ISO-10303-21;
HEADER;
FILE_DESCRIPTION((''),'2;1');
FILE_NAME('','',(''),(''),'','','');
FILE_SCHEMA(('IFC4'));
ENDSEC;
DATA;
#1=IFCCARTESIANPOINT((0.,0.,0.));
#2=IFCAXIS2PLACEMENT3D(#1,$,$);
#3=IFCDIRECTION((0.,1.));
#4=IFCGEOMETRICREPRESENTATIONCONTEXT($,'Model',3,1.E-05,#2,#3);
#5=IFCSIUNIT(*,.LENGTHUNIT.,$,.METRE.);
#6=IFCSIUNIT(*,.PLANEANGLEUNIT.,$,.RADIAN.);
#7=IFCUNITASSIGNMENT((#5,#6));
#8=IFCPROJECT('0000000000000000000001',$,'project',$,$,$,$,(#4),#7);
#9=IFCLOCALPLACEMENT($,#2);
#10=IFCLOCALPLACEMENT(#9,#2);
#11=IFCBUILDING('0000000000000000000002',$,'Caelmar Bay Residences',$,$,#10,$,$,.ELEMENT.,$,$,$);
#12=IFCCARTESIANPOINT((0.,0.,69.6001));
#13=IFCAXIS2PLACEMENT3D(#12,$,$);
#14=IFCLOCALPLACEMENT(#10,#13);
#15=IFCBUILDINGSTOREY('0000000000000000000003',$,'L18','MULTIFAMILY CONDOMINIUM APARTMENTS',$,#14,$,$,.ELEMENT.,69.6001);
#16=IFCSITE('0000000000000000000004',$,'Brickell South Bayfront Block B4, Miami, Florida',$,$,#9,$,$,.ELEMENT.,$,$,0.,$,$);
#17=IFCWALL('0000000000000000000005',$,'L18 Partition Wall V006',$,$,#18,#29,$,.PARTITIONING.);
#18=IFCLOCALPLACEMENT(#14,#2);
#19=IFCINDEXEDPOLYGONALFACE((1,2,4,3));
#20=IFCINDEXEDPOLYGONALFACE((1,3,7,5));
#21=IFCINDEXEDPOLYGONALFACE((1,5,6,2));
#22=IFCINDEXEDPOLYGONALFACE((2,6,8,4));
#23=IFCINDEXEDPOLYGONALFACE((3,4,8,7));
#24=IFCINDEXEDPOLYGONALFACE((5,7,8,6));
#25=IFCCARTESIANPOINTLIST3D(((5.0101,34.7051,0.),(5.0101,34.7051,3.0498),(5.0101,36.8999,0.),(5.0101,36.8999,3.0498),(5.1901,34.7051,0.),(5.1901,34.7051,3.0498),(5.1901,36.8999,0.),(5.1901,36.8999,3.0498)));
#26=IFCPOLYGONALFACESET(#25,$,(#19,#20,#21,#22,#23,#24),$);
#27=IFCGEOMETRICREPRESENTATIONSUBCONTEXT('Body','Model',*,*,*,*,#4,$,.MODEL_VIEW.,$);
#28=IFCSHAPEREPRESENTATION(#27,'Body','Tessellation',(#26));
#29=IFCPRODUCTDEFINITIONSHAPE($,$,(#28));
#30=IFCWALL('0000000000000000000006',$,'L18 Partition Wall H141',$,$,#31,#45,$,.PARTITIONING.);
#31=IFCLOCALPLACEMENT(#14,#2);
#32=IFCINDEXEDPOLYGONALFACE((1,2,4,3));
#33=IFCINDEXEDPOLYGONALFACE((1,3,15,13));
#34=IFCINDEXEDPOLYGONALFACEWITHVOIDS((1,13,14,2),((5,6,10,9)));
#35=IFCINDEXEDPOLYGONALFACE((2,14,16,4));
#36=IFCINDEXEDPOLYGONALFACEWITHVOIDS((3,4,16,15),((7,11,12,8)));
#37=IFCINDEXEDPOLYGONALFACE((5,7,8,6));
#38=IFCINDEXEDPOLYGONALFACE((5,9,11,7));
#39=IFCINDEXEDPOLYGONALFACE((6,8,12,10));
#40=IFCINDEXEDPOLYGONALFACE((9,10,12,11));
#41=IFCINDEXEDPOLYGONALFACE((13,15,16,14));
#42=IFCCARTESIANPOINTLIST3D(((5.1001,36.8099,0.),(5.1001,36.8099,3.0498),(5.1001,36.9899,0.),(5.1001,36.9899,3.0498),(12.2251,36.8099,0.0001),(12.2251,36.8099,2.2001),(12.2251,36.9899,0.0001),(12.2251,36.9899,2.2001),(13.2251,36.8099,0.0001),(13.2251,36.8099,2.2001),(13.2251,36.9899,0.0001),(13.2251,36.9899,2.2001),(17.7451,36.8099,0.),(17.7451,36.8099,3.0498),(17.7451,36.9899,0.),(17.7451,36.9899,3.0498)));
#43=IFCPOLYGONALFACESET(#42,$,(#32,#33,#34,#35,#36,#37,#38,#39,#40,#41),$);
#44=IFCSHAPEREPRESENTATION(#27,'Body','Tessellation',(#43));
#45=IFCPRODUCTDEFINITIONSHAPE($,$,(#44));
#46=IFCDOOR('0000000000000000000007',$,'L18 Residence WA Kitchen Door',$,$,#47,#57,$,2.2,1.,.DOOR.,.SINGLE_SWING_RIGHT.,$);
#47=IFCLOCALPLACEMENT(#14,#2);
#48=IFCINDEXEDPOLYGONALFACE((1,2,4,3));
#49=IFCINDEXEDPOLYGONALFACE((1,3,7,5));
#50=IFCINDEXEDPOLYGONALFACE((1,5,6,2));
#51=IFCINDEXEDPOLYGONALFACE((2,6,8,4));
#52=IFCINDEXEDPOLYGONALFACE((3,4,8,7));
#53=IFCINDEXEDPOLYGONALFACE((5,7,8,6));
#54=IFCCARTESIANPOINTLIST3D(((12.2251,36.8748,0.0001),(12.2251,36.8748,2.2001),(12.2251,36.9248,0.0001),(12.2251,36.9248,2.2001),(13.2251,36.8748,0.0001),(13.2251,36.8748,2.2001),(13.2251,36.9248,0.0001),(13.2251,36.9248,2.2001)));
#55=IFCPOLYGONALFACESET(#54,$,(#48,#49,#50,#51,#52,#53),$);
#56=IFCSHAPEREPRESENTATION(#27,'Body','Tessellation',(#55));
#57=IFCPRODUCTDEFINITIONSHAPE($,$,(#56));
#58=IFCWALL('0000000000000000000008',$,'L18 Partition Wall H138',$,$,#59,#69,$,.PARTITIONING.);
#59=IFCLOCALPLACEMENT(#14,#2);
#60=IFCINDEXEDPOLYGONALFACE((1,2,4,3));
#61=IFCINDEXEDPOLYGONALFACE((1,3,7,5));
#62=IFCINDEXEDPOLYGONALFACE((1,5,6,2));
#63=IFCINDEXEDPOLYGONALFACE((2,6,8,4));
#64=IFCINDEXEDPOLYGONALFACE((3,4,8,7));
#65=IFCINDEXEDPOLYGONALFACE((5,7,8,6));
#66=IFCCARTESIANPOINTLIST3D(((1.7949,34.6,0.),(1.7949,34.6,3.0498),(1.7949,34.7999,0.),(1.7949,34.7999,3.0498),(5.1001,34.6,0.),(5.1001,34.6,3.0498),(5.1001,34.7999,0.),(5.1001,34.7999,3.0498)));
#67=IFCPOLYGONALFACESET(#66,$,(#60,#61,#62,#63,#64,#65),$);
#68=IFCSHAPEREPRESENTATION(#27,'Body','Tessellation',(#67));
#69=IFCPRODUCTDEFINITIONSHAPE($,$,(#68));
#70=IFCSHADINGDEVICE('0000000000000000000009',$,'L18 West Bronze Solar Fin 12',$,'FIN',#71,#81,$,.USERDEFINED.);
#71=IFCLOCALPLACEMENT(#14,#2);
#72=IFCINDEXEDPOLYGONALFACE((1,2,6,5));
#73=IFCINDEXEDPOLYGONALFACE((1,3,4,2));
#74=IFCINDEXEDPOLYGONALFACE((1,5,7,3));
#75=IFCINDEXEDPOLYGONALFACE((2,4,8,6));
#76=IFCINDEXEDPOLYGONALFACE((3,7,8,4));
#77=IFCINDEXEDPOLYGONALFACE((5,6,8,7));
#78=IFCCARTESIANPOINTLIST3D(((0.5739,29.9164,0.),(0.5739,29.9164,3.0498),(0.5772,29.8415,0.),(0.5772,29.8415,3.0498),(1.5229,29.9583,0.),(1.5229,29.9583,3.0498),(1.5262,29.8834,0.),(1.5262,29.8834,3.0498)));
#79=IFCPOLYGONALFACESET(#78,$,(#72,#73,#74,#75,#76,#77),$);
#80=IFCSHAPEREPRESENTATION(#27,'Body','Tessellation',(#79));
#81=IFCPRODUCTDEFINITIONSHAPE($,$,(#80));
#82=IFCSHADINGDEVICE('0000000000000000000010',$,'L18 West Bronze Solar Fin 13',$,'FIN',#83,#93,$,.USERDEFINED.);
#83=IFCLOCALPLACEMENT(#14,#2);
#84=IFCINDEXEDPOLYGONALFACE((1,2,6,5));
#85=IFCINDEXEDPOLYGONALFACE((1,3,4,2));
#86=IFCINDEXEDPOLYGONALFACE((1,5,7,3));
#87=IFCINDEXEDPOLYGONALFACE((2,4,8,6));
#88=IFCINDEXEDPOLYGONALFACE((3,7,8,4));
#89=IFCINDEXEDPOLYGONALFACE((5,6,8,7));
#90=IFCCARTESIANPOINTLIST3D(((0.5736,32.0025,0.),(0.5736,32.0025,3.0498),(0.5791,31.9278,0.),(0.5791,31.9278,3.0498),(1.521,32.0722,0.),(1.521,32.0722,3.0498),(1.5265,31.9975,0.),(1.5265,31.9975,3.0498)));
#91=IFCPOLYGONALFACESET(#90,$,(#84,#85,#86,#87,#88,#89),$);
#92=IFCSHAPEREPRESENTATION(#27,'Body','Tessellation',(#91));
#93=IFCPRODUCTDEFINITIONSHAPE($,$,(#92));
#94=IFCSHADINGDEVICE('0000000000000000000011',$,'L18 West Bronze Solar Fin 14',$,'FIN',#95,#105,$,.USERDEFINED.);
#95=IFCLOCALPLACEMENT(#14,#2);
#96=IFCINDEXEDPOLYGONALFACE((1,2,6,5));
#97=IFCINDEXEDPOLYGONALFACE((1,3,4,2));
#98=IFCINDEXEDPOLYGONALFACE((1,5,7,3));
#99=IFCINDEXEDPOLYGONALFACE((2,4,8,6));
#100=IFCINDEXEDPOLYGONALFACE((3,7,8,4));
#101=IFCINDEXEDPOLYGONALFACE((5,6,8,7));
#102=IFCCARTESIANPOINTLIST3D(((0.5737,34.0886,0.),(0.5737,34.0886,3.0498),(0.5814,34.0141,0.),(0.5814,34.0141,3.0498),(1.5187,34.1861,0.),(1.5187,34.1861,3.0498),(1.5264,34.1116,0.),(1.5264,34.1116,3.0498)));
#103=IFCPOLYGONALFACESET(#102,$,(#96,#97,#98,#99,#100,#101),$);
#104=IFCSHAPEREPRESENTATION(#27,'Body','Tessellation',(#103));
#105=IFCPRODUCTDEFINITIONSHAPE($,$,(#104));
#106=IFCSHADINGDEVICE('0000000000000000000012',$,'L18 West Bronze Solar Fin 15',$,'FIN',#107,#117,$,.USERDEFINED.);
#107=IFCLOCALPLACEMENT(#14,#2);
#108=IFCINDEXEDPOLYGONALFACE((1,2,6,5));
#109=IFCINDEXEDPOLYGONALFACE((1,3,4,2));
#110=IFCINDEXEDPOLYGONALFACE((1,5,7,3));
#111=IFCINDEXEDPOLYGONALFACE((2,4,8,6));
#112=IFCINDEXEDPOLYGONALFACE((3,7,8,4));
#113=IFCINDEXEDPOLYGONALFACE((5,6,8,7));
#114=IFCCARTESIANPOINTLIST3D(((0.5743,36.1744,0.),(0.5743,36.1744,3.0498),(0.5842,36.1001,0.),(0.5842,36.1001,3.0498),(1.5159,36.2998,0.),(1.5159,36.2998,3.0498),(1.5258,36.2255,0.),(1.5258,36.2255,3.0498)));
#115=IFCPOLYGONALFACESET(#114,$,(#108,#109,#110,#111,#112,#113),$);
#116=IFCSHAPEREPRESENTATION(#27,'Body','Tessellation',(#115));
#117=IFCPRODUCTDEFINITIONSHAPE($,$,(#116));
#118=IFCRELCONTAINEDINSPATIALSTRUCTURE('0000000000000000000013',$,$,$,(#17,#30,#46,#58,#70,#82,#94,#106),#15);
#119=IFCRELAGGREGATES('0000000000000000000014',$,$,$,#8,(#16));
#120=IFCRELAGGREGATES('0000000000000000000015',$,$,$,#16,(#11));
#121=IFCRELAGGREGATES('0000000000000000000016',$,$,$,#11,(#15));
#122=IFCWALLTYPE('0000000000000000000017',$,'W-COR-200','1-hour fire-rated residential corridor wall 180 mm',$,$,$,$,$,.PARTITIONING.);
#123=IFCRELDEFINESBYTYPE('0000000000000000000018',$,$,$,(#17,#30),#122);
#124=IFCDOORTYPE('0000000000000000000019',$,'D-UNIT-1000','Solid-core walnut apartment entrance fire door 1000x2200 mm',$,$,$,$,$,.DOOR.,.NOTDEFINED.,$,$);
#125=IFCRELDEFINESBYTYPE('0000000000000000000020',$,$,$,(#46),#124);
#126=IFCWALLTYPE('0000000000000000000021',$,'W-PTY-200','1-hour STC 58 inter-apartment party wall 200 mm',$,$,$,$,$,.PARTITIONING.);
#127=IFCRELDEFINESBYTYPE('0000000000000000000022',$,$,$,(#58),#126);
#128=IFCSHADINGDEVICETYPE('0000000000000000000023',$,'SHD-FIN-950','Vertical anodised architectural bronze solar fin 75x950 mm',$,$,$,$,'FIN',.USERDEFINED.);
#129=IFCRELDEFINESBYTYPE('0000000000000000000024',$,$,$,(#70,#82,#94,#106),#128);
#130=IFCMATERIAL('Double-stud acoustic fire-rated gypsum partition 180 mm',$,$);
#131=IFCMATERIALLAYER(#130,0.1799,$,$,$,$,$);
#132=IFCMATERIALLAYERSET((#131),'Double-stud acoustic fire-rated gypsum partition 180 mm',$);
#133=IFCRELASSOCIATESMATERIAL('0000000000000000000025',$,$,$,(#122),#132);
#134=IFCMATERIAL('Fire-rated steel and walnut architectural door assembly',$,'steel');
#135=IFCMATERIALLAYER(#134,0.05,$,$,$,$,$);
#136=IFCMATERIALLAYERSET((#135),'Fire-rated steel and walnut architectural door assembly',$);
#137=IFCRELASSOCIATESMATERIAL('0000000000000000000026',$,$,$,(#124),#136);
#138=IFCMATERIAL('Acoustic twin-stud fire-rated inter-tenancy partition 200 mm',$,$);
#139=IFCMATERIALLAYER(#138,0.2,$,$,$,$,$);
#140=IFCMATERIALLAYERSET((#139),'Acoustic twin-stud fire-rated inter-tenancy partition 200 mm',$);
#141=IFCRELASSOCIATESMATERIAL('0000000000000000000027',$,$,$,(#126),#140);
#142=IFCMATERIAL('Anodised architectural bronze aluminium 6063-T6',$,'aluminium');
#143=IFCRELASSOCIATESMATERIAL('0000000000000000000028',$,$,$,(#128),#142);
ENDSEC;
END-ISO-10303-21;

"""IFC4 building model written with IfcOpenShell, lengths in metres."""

from ifc_helpers import new_model, si_unit, direction, frame, frame_2d, origin, origin_2d, place, context, subcontext, project, spatial, rectangle, extrude, material, layer, layer_set, material_profile, profile_set, type_object, element, fill, save


model = new_model("IFC4")

# Units and contexts
model_context = context("Model", 3, precision=1e-05, world=origin(), true_north=direction((0.0, 1.0)))
body_context = subcontext(model_context, "Body", "Model", "MODEL_VIEW")
ifc_project = project(units=[si_unit("LENGTHUNIT", "METRE"), si_unit("PLANEANGLEUNIT", "RADIAN")], contexts=[model_context])

# Site, building, storey
site_placement = place(None, origin())
site = spatial("IfcSite", under=ifc_project, at=site_placement, Name="Brickell South Bayfront Block B4, Miami, Florida", CompositionType="ELEMENT", RefElevation=0.0)
building_placement = place(site_placement, origin())
building = spatial("IfcBuilding", under=site, at=building_placement, Name="Caelmar Bay Residences", CompositionType="ELEMENT")
storey_placement = place(building_placement, frame((0.0, 0.0, 69.6001)))
storey = spatial("IfcBuildingStorey", under=building, at=storey_placement, Name="L18", Description="MULTIFAMILY CONDOMINIUM APARTMENTS", CompositionType="ELEMENT", Elevation=69.6001)

# Wall
ifc_material_1 = material(Name="Double-stud acoustic fire-rated gypsum partition 180 mm")
ifc_layer_1 = layer(ifc_material_1, 0.1799)
ifc_layer_set_1 = layer_set([ifc_layer_1], Name="Double-stud acoustic fire-rated gypsum partition 180 mm")
wall_type_1 = type_object("IfcWallType", Name="W-COR-200", Description="1-hour fire-rated residential corridor wall 180 mm", PredefinedType="PARTITIONING", material=ifc_layer_set_1)
wall_1_placement = place(storey_placement, frame((5.1001, 34.7051, 0.0), z_axis=(0.0, 0.0, 1.0), x_axis=(0.0, 1.0, 0.0)))
element("IfcWall", 1, at=wall_1_placement, inside=storey, type_object=wall_type_1, Name="L18 Partition Wall V006", PredefinedType="PARTITIONING", context=body_context, shape_type="SweptSolid", body=[
    extrude(rectangle(XDim=2.1948, YDim=0.1799, at=frame_2d((1.0974, 0.0))), origin(), (0.0, 0.0, 1.0), 3.0498),
])

# Wall, opening, door
wall_2_placement = place(storey_placement, frame((5.1001, 36.8999, 0.0), z_axis=(0.0, 0.0, 1.0), x_axis=(1.0, 0.0, 0.0)))
wall_2 = element("IfcWall", 2, at=wall_2_placement, inside=storey, type_object=wall_type_1, Name="L18 Partition Wall H141", PredefinedType="PARTITIONING", context=body_context, shape_type="SweptSolid", body=[
    extrude(rectangle(XDim=12.645, YDim=0.1799, at=frame_2d((6.3225, 0.0))), origin(), (0.0, 0.0, 1.0), 3.0498),
])
opening_placement = place(wall_2_placement, frame((7.125, 0.0, 0.0)))
opening = element("IfcOpeningElement", 3, at=opening_placement, cuts=wall_2, PredefinedType="OPENING", context=body_context, shape_type="SweptSolid", body=[
    extrude(rectangle(XDim=1.0, YDim=2.2, at=frame_2d((0.5, 1.1001))), frame((0.0, 0.0999, 0.0), z_axis=(0.0, -1.0, 0.0), x_axis=(1.0, 0.0, 0.0)), (0.0, 0.0, 1.0), 0.2),
])
ifc_material_2 = material(Name="Fire-rated steel and walnut architectural door assembly", Category="steel")
ifc_layer_2 = layer(ifc_material_2, 0.05)
ifc_layer_set_2 = layer_set([ifc_layer_2], Name="Fire-rated steel and walnut architectural door assembly")
door_type = type_object("IfcDoorType", Name="D-UNIT-1000", Description="Solid-core walnut apartment entrance fire door 1000x2200 mm", OperationType="NOTDEFINED", PredefinedType="DOOR", material=ifc_layer_set_2)
door_placement = place(opening_placement, origin())
door = element("IfcDoor", 4, at=door_placement, inside=storey, type_object=door_type, Name="L18 Residence WA Kitchen Door", OperationType="SINGLE_SWING_RIGHT", OverallHeight=2.2, OverallWidth=1.0, PredefinedType="DOOR", context=body_context, shape_type="SweptSolid", body=[
    extrude(rectangle(XDim=1.0, YDim=2.2, at=frame_2d((0.5, 1.1001))), frame((0.0, 0.0249, 0.0), z_axis=(0.0, -1.0, 0.0), x_axis=(1.0, 0.0, 0.0)), (0.0, 0.0, 1.0), 0.05),
])
fill(opening, door)

# Wall
ifc_material_3 = material(Name="Acoustic twin-stud fire-rated inter-tenancy partition 200 mm")
ifc_layer_3 = layer(ifc_material_3, 0.2)
ifc_layer_set_3 = layer_set([ifc_layer_3], Name="Acoustic twin-stud fire-rated inter-tenancy partition 200 mm")
wall_type_2 = type_object("IfcWallType", Name="W-PTY-200", Description="1-hour STC 58 inter-apartment party wall 200 mm", PredefinedType="PARTITIONING", material=ifc_layer_set_3)
wall_3_placement = place(storey_placement, frame((1.7949, 34.7, 0.0), z_axis=(0.0, 0.0, 1.0), x_axis=(1.0, 0.0, 0.0)))
element("IfcWall", 5, at=wall_3_placement, inside=storey, type_object=wall_type_2, Name="L18 Partition Wall H138", PredefinedType="PARTITIONING", context=body_context, shape_type="SweptSolid", body=[
    extrude(rectangle(XDim=3.3052, YDim=0.2, at=frame_2d((1.6526, 0.0))), origin(), (0.0, 0.0, 1.0), 3.0498),
])

# Shading devices
ifc_material_4 = material(Name="Anodised architectural bronze aluminium 6063-T6", Category="aluminium")
ifc_material_profile = material_profile(ifc_material_4, rectangle(XDim=0.075, YDim=0.95, at=origin_2d()), Name="BRONZE-FIN-75X950")
ifc_profile_set = profile_set([ifc_material_profile], Name="Anodised architectural bronze aluminium 6063-T6")
shading_device_type = type_object("IfcShadingDeviceType", Name="SHD-FIN-950", Description="Vertical anodised architectural bronze solar fin 75x950 mm", ElementType="FIN", PredefinedType="USERDEFINED", material=ifc_profile_set)
for number, where, z_axis, x_axis, name in (
    (6, (1.05, 29.8999, 0.0), (0.0, 0.0, 1.0), (-0.044142, 0.999025, 0.0), "L18 West Bronze Solar Fin 12"),
    (7, (1.05, 32.0, 0.0), (0.0, 0.0, 1.0), (-0.073412, 0.997302, 0.0), "L18 West Bronze Solar Fin 13"),
    (8, (1.05, 34.1001, 0.0), (0.0, 0.0, 1.0), (-0.102619, 0.994721, 0.0), "L18 West Bronze Solar Fin 14"),
    (9, (1.05, 36.2, 0.0), (0.0, 0.0, 1.0), (-0.13191, 0.991262, 0.0), "L18 West Bronze Solar Fin 15"),
):
    element("IfcShadingDevice", number, at=place(storey_placement, frame(where, z_axis=z_axis, x_axis=x_axis)), inside=storey, type_object=shading_device_type, Name=name, ObjectType="FIN", PredefinedType="USERDEFINED", context=body_context, shape_type="SweptSolid", body=[
        extrude(rectangle(XDim=0.075, YDim=0.95, at=origin_2d()), origin(), (0.0, 0.0, 1.0), 3.0498),
    ])

save(model, "model.ifc")
